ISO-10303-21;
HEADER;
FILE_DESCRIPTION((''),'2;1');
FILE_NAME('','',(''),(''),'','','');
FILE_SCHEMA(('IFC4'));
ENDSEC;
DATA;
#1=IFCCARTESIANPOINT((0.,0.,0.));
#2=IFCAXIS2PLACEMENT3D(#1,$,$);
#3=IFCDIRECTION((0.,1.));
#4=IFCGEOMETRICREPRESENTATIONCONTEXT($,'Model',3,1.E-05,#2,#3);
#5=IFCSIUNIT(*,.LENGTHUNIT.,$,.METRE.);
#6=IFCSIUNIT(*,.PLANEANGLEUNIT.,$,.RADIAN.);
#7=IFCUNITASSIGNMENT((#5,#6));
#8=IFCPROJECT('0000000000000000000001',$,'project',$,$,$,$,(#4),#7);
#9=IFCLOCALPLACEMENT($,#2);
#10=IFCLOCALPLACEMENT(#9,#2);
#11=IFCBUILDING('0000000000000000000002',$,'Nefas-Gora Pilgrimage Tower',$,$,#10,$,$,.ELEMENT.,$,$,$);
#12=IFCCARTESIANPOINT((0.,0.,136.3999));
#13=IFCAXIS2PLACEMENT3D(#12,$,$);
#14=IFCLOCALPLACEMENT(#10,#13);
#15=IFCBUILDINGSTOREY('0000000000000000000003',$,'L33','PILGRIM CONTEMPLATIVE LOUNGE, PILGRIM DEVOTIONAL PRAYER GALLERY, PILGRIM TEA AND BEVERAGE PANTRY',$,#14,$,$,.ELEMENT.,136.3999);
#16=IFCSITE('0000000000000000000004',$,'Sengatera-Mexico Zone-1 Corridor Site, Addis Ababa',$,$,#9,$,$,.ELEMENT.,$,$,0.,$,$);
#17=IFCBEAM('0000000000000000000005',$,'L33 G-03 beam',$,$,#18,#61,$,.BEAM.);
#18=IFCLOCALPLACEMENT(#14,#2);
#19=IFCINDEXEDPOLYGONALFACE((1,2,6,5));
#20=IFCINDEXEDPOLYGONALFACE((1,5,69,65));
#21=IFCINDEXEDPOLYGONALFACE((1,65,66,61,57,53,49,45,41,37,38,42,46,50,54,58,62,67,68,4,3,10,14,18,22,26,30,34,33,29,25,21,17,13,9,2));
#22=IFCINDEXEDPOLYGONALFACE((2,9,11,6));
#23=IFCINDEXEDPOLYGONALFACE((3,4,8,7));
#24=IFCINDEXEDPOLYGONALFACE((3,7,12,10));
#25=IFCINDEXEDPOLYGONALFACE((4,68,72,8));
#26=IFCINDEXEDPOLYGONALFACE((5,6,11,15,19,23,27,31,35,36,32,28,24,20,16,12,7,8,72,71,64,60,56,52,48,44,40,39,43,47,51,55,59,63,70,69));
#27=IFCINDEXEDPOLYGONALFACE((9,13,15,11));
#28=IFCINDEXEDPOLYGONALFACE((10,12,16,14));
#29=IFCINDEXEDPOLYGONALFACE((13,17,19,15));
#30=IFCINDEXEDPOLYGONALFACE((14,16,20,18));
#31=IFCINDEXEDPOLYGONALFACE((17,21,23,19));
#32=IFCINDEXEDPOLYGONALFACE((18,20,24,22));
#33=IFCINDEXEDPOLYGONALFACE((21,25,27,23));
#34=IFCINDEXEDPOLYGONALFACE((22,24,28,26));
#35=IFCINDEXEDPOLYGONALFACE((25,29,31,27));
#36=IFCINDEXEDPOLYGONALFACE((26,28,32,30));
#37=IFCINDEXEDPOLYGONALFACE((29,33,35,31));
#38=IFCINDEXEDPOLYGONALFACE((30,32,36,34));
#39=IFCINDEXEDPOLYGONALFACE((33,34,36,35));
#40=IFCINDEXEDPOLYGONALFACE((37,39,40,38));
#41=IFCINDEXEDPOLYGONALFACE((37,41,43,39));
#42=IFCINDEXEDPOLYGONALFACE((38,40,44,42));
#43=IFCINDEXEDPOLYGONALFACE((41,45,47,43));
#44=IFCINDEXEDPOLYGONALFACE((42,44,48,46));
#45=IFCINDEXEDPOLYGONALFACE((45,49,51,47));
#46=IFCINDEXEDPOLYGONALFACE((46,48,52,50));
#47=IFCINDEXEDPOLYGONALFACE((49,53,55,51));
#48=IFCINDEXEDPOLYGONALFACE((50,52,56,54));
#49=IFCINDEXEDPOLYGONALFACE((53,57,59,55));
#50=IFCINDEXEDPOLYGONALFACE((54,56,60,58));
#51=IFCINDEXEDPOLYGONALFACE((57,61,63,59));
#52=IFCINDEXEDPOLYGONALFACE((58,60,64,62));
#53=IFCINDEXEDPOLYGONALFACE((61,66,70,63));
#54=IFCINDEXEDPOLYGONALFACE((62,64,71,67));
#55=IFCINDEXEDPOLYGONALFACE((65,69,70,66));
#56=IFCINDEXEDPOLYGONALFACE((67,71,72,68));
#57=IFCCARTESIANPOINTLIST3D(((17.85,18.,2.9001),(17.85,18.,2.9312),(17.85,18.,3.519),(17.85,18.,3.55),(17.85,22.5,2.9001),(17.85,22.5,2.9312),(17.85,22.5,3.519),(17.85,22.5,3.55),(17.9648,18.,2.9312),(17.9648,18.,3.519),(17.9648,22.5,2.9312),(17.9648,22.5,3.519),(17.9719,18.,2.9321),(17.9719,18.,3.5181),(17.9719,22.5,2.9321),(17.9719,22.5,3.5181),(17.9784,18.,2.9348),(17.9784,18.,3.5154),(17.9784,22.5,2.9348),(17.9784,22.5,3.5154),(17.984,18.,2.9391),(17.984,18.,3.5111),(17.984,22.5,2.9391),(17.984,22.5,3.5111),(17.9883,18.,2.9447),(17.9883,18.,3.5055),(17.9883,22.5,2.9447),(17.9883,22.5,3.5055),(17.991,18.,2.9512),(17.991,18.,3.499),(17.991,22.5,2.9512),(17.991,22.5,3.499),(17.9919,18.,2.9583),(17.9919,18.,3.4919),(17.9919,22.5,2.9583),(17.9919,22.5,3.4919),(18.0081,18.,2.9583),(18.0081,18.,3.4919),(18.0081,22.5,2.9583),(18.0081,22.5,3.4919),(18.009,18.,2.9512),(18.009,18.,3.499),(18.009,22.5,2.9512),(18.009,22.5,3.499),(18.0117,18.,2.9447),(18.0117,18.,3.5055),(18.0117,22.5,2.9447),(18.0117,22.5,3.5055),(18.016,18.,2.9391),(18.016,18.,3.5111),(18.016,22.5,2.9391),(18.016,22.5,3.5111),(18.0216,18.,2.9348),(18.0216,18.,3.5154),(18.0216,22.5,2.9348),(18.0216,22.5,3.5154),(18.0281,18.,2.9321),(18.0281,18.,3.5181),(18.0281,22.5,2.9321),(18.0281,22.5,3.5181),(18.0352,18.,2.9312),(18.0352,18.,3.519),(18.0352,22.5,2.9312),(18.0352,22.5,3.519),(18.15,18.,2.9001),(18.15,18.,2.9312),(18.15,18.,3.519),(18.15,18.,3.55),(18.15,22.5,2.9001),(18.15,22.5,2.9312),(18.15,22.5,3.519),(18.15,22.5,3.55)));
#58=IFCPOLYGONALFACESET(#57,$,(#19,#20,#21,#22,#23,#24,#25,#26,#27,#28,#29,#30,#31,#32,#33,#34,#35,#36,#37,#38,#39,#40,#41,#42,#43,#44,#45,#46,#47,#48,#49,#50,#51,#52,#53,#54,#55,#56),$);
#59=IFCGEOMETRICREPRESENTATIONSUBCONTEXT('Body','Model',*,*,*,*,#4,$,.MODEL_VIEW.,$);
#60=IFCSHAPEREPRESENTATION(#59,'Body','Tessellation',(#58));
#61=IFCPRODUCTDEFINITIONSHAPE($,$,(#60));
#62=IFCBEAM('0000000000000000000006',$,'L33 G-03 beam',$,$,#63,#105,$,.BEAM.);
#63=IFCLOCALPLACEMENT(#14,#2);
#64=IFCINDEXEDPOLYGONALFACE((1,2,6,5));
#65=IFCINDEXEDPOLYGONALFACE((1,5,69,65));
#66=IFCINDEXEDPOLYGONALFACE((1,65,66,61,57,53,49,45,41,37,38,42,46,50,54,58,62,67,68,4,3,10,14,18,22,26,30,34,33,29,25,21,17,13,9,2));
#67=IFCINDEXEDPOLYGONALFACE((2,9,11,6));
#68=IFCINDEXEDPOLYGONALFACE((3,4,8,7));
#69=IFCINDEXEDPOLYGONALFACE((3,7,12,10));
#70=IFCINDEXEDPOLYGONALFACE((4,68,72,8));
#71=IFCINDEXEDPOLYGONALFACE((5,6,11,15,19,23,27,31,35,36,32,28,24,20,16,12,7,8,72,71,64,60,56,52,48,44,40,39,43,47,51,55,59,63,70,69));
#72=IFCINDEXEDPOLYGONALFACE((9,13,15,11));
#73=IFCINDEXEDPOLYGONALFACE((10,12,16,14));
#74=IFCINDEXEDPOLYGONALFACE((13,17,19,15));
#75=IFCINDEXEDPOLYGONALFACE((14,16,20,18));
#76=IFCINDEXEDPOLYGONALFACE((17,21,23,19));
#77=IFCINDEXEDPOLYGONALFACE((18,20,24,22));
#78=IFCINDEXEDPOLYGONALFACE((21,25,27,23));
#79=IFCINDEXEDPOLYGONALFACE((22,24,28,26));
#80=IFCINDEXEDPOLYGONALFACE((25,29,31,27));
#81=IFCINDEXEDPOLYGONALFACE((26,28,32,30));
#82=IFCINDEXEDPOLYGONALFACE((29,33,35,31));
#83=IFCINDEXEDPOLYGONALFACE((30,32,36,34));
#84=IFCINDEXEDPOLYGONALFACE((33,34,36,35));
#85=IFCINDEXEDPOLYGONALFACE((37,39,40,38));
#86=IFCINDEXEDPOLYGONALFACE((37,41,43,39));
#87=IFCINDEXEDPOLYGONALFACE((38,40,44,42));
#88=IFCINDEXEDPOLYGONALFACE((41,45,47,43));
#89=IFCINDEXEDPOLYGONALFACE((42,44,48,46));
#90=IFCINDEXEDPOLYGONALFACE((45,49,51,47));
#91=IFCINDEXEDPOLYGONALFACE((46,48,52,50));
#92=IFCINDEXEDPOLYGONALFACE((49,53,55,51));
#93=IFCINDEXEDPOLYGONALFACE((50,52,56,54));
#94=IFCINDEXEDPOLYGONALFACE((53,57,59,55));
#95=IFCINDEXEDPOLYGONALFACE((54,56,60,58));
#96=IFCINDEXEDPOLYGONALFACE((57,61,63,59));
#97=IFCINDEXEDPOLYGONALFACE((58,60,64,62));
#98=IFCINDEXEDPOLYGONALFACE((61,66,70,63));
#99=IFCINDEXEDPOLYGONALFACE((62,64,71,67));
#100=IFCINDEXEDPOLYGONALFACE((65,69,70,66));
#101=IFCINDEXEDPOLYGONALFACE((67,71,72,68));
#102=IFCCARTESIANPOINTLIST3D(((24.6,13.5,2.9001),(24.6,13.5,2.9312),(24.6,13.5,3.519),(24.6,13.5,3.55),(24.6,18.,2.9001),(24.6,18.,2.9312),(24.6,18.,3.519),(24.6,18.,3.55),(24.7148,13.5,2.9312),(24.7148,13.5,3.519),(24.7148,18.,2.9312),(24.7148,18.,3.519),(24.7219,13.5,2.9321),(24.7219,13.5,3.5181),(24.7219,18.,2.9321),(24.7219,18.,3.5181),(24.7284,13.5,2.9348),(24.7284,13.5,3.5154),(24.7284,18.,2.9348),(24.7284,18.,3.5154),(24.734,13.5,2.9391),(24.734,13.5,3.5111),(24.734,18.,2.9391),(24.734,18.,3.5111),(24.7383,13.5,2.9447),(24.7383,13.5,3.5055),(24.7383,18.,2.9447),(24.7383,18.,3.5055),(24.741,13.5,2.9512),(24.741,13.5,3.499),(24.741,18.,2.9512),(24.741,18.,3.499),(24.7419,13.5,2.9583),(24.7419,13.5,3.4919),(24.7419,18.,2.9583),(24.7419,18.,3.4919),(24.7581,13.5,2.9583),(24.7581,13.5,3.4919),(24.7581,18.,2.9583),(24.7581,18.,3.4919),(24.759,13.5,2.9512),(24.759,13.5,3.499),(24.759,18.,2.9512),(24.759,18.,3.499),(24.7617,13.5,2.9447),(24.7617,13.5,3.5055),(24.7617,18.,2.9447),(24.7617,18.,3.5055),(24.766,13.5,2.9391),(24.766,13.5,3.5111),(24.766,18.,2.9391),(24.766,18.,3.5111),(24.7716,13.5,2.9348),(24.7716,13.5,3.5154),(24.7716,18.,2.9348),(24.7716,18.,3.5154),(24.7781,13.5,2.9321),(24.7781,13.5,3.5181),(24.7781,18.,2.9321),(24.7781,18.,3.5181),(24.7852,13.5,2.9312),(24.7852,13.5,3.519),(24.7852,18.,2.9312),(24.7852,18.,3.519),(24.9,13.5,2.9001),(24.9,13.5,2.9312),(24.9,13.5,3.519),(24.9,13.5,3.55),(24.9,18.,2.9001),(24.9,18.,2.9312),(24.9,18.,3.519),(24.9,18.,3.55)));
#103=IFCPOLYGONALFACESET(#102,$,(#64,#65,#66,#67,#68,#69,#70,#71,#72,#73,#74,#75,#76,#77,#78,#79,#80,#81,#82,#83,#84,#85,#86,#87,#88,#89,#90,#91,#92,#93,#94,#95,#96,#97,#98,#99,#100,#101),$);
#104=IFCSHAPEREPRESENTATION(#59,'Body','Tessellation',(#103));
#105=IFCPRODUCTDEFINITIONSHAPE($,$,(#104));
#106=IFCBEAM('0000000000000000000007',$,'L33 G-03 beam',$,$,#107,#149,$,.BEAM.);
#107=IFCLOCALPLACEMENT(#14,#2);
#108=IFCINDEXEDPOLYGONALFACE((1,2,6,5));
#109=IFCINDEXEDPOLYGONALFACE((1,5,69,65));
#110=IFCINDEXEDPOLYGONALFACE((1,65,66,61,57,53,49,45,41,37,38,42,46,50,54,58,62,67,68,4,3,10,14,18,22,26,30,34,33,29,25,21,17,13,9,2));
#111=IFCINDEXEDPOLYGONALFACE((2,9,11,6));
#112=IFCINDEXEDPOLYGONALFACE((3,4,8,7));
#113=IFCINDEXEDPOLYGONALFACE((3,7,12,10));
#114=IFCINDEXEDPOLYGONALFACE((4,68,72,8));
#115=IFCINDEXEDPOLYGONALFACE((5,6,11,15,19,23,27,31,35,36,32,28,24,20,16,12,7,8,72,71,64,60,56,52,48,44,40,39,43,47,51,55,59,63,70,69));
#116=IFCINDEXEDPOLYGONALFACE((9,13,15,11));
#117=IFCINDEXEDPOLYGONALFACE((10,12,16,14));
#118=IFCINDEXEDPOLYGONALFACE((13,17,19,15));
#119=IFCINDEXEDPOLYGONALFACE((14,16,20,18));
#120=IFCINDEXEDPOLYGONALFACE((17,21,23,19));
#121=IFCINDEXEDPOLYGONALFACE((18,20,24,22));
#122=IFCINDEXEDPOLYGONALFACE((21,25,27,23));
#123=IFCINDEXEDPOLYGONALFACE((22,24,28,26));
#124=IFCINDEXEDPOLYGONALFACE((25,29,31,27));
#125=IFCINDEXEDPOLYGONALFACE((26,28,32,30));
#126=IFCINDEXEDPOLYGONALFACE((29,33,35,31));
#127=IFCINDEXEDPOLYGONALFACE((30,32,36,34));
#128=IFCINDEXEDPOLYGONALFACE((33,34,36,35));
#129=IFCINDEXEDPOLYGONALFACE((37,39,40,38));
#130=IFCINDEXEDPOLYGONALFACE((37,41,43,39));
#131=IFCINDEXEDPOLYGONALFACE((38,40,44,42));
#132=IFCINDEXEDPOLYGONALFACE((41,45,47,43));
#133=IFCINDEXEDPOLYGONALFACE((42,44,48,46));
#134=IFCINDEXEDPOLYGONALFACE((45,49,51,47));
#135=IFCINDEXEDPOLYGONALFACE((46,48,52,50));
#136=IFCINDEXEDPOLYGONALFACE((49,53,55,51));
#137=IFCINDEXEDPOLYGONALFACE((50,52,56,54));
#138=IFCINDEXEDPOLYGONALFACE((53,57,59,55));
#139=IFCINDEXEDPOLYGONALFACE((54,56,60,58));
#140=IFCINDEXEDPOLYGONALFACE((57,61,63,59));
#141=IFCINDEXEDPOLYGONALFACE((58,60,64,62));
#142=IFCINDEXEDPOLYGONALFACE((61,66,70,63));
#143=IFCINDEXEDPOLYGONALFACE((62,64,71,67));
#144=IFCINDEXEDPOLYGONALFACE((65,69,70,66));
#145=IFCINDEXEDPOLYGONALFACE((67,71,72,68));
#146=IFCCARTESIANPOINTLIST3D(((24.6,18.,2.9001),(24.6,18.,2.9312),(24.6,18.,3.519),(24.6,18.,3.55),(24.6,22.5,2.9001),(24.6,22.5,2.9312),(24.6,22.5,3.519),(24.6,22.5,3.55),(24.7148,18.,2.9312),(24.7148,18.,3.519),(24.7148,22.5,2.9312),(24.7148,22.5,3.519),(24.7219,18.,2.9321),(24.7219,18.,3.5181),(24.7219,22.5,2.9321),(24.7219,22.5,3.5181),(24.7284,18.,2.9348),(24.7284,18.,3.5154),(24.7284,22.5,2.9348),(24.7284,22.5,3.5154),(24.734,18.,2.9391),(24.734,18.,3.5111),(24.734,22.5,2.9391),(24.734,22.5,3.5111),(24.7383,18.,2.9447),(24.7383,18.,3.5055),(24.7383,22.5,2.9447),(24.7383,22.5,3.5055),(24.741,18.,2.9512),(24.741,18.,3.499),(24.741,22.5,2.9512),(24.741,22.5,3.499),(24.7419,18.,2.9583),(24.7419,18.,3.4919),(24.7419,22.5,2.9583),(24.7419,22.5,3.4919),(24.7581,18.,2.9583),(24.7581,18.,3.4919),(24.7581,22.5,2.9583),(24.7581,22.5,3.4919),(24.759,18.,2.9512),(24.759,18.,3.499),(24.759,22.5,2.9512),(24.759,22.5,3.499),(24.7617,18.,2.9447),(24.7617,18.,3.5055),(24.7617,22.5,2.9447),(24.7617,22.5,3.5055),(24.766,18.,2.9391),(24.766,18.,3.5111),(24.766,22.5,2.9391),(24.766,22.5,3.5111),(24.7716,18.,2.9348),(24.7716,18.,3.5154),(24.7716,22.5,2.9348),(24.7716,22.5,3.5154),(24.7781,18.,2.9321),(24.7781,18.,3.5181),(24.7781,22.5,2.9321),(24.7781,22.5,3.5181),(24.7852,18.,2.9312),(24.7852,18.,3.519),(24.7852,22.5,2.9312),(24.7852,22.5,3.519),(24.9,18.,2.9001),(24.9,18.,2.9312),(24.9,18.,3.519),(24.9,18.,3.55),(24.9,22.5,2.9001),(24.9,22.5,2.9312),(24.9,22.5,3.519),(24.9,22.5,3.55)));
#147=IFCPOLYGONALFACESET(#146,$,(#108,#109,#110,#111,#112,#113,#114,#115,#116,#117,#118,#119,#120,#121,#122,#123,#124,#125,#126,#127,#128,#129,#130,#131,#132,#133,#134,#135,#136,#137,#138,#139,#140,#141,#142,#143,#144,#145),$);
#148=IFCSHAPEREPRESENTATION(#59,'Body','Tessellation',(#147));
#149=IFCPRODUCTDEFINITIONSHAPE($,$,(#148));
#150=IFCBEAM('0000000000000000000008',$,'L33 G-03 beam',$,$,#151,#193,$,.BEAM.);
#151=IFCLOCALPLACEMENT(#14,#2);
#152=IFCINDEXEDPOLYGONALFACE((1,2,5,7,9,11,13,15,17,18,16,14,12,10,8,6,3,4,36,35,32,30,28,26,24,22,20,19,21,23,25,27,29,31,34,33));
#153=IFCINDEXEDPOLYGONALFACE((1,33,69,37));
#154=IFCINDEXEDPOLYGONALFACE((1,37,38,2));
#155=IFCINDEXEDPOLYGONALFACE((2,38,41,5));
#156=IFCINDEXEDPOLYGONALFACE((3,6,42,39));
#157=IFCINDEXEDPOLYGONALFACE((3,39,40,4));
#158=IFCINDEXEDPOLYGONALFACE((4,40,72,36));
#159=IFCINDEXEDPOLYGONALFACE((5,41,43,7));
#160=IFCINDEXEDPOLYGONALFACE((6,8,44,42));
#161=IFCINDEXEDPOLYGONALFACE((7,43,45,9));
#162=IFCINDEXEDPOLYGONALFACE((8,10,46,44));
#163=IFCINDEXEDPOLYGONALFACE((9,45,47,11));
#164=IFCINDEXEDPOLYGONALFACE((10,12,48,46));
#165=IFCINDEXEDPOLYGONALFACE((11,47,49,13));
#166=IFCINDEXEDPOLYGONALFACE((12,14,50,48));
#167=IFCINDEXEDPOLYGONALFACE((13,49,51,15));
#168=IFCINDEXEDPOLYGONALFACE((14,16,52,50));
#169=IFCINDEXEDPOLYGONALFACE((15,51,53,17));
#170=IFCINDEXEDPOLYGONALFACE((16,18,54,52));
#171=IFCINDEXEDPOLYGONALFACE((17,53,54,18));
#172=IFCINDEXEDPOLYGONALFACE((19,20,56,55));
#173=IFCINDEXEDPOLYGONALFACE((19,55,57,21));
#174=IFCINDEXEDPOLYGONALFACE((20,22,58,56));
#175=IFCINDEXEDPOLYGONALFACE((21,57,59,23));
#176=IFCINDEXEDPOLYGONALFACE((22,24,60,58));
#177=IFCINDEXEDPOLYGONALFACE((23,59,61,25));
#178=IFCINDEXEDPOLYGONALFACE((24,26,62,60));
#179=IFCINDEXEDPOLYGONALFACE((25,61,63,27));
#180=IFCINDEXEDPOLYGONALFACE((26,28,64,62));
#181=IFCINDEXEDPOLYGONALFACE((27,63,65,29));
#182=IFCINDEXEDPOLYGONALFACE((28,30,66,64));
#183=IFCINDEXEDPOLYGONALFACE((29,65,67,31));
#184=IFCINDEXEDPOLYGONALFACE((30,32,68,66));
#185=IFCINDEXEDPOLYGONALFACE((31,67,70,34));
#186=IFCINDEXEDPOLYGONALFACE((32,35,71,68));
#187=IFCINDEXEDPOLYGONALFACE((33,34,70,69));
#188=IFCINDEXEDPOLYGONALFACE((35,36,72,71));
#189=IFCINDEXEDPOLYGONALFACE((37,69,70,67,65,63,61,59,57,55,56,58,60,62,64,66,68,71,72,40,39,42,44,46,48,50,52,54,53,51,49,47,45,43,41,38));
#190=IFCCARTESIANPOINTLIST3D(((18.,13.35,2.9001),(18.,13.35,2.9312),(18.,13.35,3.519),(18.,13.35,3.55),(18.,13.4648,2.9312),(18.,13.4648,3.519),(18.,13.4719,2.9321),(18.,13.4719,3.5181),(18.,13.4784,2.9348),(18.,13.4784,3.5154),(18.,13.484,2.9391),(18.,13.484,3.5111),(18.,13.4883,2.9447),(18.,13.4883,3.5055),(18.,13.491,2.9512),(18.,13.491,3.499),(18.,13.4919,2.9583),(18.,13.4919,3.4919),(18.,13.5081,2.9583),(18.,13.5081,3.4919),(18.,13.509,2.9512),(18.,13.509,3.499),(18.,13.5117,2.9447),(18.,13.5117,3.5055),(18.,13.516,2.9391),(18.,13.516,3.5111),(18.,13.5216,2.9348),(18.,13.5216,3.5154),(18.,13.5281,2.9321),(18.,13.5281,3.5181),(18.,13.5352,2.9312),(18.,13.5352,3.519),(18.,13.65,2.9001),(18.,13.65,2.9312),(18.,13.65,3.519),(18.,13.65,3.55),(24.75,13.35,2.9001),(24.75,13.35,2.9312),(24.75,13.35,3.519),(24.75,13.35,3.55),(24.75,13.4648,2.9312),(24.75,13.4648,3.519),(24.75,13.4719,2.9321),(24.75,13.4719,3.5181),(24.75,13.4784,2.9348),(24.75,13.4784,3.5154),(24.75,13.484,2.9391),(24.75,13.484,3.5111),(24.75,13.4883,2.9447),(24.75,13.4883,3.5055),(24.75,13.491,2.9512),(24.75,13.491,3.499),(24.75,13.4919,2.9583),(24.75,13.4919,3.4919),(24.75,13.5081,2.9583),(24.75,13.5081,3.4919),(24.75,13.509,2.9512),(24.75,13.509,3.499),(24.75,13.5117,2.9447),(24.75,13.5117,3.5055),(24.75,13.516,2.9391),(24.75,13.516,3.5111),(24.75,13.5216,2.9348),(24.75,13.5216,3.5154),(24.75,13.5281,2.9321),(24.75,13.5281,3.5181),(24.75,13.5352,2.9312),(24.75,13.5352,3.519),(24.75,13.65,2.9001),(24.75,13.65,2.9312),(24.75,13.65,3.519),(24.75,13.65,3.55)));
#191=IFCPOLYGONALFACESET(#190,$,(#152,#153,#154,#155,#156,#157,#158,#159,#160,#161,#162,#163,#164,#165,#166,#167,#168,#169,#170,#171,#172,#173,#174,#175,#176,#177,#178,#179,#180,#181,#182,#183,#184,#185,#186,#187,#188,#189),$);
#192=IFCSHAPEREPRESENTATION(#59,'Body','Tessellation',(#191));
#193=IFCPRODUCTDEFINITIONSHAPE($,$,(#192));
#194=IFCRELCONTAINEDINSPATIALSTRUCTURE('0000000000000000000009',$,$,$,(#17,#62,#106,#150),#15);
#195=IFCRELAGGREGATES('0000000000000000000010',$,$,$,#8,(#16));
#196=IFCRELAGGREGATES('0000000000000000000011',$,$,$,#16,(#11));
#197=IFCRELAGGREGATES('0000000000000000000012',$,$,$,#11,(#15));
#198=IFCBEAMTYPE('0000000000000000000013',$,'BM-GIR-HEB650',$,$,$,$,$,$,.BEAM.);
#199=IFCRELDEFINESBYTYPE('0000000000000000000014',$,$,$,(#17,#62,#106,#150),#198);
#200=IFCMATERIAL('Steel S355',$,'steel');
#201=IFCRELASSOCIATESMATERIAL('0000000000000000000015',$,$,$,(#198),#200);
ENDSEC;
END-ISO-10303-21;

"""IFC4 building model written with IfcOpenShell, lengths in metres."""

from ifc_helpers import new_model, si_unit, direction, frame, origin, origin_2d, place, context, subcontext, project, spatial, i_section, extrude, source, transform, mapped, material, material_profile, profile_set, type_object, element, save


model = new_model("IFC4")

# Units and contexts
model_context = context("Model", 3, precision=1e-05, world=origin(), true_north=direction((0.0, 1.0)))
body_context = subcontext(model_context, "Body", "Model", "MODEL_VIEW")
ifc_project = project(units=[si_unit("LENGTHUNIT", "METRE"), si_unit("PLANEANGLEUNIT", "RADIAN")], contexts=[model_context])

# Site, building, storey
site_placement = place(None, origin())
site = spatial("IfcSite", under=ifc_project, at=site_placement, Name="Sengatera-Mexico Zone-1 Corridor Site, Addis Ababa", CompositionType="ELEMENT", RefElevation=0.0)
building_placement = place(site_placement, origin())
building = spatial("IfcBuilding", under=site, at=building_placement, Name="Nefas-Gora Pilgrimage Tower", CompositionType="ELEMENT")
storey_placement = place(building_placement, frame((0.0, 0.0, 136.3999)))
storey = spatial("IfcBuildingStorey", under=building, at=storey_placement, Name="L33", Description="PILGRIM CONTEMPLATIVE LOUNGE, PILGRIM DEVOTIONAL PRAYER GALLERY, PILGRIM TEA AND BEVERAGE PANTRY", CompositionType="ELEMENT", Elevation=136.3999)

# Beams
ifc_material_1 = material(Name="Steel S355", Category="steel")
ifc_material_profile_1 = material_profile(ifc_material_1, i_section(OverallWidth=0.3, OverallDepth=0.6499, WebThickness=0.0161, FlangeThickness=0.031, FilletRadius=0.0271, at=origin_2d()), Name="HEB 650")
ifc_profile_set_1 = profile_set([ifc_material_profile_1], Name="Steel S355")
beam_type_1 = type_object("IfcBeamType", Name="BM-GIR-HEB650", PredefinedType="BEAM", material=ifc_profile_set_1)
shared_shape_1 = source(origin(), body_context, "Body", "SweptSolid", [
    extrude(i_section(OverallWidth=0.3, OverallDepth=0.6499, WebThickness=0.0161, FlangeThickness=0.031, FilletRadius=0.0271, at=origin_2d()), origin(), (0.0, 0.0, 1.0), 4.5),
])
for number, where, z_axis, x_axis, name in (
    (1, (18.0, 18.0, 3.2251), (0.0, 1.0, 0.0), (-1.0, 0.0, 0.0), "L33 G-03 beam"),
    (2, (24.75, 13.5, 3.2251), (0.0, 1.0, 0.0), (-1.0, 0.0, 0.0), "L33 G-03 beam"),
    (3, (24.75, 18.0, 3.2251), (0.0, 1.0, 0.0), (-1.0, 0.0, 0.0), "L33 G-03 beam"),
):
    element("IfcBeam", number, at=place(storey_placement, frame(where, z_axis=z_axis, x_axis=x_axis)), inside=storey, type_object=beam_type_1, Name=name, PredefinedType="BEAM", context=body_context, shape_type="MappedRepresentation", body=[
        mapped(shared_shape_1, transform((0.0, 0.0, 0.0), x_axis=(1.0, 0.0, 0.0), y_axis=(0.0, 1.0, 0.0), z_axis=(0.0, 0.0, 1.0), scale=1.0)),
    ])
shared_shape_2 = source(origin(), body_context, "Body", "SweptSolid", [
    extrude(i_section(OverallWidth=0.3, OverallDepth=0.6499, WebThickness=0.0161, FlangeThickness=0.031, FilletRadius=0.0271, at=origin_2d()), origin(), (0.0, 0.0, 1.0), 6.75),
])
for number, where, z_axis, x_axis, name in (
    (4, (18.0, 13.5, 3.2251), (1.0, 0.0, 0.0), (0.0, 1.0, 0.0), "L33 G-03 beam"),
):
    element("IfcBeam", number, at=place(storey_placement, frame(where, z_axis=z_axis, x_axis=x_axis)), inside=storey, type_object=beam_type_1, Name=name, PredefinedType="BEAM", context=body_context, shape_type="MappedRepresentation", body=[
        mapped(shared_shape_2, transform((0.0, 0.0, 0.0), x_axis=(1.0, 0.0, 0.0), y_axis=(0.0, 1.0, 0.0), z_axis=(0.0, 0.0, 1.0), scale=1.0)),
    ])

save(model, "model.ifc")
